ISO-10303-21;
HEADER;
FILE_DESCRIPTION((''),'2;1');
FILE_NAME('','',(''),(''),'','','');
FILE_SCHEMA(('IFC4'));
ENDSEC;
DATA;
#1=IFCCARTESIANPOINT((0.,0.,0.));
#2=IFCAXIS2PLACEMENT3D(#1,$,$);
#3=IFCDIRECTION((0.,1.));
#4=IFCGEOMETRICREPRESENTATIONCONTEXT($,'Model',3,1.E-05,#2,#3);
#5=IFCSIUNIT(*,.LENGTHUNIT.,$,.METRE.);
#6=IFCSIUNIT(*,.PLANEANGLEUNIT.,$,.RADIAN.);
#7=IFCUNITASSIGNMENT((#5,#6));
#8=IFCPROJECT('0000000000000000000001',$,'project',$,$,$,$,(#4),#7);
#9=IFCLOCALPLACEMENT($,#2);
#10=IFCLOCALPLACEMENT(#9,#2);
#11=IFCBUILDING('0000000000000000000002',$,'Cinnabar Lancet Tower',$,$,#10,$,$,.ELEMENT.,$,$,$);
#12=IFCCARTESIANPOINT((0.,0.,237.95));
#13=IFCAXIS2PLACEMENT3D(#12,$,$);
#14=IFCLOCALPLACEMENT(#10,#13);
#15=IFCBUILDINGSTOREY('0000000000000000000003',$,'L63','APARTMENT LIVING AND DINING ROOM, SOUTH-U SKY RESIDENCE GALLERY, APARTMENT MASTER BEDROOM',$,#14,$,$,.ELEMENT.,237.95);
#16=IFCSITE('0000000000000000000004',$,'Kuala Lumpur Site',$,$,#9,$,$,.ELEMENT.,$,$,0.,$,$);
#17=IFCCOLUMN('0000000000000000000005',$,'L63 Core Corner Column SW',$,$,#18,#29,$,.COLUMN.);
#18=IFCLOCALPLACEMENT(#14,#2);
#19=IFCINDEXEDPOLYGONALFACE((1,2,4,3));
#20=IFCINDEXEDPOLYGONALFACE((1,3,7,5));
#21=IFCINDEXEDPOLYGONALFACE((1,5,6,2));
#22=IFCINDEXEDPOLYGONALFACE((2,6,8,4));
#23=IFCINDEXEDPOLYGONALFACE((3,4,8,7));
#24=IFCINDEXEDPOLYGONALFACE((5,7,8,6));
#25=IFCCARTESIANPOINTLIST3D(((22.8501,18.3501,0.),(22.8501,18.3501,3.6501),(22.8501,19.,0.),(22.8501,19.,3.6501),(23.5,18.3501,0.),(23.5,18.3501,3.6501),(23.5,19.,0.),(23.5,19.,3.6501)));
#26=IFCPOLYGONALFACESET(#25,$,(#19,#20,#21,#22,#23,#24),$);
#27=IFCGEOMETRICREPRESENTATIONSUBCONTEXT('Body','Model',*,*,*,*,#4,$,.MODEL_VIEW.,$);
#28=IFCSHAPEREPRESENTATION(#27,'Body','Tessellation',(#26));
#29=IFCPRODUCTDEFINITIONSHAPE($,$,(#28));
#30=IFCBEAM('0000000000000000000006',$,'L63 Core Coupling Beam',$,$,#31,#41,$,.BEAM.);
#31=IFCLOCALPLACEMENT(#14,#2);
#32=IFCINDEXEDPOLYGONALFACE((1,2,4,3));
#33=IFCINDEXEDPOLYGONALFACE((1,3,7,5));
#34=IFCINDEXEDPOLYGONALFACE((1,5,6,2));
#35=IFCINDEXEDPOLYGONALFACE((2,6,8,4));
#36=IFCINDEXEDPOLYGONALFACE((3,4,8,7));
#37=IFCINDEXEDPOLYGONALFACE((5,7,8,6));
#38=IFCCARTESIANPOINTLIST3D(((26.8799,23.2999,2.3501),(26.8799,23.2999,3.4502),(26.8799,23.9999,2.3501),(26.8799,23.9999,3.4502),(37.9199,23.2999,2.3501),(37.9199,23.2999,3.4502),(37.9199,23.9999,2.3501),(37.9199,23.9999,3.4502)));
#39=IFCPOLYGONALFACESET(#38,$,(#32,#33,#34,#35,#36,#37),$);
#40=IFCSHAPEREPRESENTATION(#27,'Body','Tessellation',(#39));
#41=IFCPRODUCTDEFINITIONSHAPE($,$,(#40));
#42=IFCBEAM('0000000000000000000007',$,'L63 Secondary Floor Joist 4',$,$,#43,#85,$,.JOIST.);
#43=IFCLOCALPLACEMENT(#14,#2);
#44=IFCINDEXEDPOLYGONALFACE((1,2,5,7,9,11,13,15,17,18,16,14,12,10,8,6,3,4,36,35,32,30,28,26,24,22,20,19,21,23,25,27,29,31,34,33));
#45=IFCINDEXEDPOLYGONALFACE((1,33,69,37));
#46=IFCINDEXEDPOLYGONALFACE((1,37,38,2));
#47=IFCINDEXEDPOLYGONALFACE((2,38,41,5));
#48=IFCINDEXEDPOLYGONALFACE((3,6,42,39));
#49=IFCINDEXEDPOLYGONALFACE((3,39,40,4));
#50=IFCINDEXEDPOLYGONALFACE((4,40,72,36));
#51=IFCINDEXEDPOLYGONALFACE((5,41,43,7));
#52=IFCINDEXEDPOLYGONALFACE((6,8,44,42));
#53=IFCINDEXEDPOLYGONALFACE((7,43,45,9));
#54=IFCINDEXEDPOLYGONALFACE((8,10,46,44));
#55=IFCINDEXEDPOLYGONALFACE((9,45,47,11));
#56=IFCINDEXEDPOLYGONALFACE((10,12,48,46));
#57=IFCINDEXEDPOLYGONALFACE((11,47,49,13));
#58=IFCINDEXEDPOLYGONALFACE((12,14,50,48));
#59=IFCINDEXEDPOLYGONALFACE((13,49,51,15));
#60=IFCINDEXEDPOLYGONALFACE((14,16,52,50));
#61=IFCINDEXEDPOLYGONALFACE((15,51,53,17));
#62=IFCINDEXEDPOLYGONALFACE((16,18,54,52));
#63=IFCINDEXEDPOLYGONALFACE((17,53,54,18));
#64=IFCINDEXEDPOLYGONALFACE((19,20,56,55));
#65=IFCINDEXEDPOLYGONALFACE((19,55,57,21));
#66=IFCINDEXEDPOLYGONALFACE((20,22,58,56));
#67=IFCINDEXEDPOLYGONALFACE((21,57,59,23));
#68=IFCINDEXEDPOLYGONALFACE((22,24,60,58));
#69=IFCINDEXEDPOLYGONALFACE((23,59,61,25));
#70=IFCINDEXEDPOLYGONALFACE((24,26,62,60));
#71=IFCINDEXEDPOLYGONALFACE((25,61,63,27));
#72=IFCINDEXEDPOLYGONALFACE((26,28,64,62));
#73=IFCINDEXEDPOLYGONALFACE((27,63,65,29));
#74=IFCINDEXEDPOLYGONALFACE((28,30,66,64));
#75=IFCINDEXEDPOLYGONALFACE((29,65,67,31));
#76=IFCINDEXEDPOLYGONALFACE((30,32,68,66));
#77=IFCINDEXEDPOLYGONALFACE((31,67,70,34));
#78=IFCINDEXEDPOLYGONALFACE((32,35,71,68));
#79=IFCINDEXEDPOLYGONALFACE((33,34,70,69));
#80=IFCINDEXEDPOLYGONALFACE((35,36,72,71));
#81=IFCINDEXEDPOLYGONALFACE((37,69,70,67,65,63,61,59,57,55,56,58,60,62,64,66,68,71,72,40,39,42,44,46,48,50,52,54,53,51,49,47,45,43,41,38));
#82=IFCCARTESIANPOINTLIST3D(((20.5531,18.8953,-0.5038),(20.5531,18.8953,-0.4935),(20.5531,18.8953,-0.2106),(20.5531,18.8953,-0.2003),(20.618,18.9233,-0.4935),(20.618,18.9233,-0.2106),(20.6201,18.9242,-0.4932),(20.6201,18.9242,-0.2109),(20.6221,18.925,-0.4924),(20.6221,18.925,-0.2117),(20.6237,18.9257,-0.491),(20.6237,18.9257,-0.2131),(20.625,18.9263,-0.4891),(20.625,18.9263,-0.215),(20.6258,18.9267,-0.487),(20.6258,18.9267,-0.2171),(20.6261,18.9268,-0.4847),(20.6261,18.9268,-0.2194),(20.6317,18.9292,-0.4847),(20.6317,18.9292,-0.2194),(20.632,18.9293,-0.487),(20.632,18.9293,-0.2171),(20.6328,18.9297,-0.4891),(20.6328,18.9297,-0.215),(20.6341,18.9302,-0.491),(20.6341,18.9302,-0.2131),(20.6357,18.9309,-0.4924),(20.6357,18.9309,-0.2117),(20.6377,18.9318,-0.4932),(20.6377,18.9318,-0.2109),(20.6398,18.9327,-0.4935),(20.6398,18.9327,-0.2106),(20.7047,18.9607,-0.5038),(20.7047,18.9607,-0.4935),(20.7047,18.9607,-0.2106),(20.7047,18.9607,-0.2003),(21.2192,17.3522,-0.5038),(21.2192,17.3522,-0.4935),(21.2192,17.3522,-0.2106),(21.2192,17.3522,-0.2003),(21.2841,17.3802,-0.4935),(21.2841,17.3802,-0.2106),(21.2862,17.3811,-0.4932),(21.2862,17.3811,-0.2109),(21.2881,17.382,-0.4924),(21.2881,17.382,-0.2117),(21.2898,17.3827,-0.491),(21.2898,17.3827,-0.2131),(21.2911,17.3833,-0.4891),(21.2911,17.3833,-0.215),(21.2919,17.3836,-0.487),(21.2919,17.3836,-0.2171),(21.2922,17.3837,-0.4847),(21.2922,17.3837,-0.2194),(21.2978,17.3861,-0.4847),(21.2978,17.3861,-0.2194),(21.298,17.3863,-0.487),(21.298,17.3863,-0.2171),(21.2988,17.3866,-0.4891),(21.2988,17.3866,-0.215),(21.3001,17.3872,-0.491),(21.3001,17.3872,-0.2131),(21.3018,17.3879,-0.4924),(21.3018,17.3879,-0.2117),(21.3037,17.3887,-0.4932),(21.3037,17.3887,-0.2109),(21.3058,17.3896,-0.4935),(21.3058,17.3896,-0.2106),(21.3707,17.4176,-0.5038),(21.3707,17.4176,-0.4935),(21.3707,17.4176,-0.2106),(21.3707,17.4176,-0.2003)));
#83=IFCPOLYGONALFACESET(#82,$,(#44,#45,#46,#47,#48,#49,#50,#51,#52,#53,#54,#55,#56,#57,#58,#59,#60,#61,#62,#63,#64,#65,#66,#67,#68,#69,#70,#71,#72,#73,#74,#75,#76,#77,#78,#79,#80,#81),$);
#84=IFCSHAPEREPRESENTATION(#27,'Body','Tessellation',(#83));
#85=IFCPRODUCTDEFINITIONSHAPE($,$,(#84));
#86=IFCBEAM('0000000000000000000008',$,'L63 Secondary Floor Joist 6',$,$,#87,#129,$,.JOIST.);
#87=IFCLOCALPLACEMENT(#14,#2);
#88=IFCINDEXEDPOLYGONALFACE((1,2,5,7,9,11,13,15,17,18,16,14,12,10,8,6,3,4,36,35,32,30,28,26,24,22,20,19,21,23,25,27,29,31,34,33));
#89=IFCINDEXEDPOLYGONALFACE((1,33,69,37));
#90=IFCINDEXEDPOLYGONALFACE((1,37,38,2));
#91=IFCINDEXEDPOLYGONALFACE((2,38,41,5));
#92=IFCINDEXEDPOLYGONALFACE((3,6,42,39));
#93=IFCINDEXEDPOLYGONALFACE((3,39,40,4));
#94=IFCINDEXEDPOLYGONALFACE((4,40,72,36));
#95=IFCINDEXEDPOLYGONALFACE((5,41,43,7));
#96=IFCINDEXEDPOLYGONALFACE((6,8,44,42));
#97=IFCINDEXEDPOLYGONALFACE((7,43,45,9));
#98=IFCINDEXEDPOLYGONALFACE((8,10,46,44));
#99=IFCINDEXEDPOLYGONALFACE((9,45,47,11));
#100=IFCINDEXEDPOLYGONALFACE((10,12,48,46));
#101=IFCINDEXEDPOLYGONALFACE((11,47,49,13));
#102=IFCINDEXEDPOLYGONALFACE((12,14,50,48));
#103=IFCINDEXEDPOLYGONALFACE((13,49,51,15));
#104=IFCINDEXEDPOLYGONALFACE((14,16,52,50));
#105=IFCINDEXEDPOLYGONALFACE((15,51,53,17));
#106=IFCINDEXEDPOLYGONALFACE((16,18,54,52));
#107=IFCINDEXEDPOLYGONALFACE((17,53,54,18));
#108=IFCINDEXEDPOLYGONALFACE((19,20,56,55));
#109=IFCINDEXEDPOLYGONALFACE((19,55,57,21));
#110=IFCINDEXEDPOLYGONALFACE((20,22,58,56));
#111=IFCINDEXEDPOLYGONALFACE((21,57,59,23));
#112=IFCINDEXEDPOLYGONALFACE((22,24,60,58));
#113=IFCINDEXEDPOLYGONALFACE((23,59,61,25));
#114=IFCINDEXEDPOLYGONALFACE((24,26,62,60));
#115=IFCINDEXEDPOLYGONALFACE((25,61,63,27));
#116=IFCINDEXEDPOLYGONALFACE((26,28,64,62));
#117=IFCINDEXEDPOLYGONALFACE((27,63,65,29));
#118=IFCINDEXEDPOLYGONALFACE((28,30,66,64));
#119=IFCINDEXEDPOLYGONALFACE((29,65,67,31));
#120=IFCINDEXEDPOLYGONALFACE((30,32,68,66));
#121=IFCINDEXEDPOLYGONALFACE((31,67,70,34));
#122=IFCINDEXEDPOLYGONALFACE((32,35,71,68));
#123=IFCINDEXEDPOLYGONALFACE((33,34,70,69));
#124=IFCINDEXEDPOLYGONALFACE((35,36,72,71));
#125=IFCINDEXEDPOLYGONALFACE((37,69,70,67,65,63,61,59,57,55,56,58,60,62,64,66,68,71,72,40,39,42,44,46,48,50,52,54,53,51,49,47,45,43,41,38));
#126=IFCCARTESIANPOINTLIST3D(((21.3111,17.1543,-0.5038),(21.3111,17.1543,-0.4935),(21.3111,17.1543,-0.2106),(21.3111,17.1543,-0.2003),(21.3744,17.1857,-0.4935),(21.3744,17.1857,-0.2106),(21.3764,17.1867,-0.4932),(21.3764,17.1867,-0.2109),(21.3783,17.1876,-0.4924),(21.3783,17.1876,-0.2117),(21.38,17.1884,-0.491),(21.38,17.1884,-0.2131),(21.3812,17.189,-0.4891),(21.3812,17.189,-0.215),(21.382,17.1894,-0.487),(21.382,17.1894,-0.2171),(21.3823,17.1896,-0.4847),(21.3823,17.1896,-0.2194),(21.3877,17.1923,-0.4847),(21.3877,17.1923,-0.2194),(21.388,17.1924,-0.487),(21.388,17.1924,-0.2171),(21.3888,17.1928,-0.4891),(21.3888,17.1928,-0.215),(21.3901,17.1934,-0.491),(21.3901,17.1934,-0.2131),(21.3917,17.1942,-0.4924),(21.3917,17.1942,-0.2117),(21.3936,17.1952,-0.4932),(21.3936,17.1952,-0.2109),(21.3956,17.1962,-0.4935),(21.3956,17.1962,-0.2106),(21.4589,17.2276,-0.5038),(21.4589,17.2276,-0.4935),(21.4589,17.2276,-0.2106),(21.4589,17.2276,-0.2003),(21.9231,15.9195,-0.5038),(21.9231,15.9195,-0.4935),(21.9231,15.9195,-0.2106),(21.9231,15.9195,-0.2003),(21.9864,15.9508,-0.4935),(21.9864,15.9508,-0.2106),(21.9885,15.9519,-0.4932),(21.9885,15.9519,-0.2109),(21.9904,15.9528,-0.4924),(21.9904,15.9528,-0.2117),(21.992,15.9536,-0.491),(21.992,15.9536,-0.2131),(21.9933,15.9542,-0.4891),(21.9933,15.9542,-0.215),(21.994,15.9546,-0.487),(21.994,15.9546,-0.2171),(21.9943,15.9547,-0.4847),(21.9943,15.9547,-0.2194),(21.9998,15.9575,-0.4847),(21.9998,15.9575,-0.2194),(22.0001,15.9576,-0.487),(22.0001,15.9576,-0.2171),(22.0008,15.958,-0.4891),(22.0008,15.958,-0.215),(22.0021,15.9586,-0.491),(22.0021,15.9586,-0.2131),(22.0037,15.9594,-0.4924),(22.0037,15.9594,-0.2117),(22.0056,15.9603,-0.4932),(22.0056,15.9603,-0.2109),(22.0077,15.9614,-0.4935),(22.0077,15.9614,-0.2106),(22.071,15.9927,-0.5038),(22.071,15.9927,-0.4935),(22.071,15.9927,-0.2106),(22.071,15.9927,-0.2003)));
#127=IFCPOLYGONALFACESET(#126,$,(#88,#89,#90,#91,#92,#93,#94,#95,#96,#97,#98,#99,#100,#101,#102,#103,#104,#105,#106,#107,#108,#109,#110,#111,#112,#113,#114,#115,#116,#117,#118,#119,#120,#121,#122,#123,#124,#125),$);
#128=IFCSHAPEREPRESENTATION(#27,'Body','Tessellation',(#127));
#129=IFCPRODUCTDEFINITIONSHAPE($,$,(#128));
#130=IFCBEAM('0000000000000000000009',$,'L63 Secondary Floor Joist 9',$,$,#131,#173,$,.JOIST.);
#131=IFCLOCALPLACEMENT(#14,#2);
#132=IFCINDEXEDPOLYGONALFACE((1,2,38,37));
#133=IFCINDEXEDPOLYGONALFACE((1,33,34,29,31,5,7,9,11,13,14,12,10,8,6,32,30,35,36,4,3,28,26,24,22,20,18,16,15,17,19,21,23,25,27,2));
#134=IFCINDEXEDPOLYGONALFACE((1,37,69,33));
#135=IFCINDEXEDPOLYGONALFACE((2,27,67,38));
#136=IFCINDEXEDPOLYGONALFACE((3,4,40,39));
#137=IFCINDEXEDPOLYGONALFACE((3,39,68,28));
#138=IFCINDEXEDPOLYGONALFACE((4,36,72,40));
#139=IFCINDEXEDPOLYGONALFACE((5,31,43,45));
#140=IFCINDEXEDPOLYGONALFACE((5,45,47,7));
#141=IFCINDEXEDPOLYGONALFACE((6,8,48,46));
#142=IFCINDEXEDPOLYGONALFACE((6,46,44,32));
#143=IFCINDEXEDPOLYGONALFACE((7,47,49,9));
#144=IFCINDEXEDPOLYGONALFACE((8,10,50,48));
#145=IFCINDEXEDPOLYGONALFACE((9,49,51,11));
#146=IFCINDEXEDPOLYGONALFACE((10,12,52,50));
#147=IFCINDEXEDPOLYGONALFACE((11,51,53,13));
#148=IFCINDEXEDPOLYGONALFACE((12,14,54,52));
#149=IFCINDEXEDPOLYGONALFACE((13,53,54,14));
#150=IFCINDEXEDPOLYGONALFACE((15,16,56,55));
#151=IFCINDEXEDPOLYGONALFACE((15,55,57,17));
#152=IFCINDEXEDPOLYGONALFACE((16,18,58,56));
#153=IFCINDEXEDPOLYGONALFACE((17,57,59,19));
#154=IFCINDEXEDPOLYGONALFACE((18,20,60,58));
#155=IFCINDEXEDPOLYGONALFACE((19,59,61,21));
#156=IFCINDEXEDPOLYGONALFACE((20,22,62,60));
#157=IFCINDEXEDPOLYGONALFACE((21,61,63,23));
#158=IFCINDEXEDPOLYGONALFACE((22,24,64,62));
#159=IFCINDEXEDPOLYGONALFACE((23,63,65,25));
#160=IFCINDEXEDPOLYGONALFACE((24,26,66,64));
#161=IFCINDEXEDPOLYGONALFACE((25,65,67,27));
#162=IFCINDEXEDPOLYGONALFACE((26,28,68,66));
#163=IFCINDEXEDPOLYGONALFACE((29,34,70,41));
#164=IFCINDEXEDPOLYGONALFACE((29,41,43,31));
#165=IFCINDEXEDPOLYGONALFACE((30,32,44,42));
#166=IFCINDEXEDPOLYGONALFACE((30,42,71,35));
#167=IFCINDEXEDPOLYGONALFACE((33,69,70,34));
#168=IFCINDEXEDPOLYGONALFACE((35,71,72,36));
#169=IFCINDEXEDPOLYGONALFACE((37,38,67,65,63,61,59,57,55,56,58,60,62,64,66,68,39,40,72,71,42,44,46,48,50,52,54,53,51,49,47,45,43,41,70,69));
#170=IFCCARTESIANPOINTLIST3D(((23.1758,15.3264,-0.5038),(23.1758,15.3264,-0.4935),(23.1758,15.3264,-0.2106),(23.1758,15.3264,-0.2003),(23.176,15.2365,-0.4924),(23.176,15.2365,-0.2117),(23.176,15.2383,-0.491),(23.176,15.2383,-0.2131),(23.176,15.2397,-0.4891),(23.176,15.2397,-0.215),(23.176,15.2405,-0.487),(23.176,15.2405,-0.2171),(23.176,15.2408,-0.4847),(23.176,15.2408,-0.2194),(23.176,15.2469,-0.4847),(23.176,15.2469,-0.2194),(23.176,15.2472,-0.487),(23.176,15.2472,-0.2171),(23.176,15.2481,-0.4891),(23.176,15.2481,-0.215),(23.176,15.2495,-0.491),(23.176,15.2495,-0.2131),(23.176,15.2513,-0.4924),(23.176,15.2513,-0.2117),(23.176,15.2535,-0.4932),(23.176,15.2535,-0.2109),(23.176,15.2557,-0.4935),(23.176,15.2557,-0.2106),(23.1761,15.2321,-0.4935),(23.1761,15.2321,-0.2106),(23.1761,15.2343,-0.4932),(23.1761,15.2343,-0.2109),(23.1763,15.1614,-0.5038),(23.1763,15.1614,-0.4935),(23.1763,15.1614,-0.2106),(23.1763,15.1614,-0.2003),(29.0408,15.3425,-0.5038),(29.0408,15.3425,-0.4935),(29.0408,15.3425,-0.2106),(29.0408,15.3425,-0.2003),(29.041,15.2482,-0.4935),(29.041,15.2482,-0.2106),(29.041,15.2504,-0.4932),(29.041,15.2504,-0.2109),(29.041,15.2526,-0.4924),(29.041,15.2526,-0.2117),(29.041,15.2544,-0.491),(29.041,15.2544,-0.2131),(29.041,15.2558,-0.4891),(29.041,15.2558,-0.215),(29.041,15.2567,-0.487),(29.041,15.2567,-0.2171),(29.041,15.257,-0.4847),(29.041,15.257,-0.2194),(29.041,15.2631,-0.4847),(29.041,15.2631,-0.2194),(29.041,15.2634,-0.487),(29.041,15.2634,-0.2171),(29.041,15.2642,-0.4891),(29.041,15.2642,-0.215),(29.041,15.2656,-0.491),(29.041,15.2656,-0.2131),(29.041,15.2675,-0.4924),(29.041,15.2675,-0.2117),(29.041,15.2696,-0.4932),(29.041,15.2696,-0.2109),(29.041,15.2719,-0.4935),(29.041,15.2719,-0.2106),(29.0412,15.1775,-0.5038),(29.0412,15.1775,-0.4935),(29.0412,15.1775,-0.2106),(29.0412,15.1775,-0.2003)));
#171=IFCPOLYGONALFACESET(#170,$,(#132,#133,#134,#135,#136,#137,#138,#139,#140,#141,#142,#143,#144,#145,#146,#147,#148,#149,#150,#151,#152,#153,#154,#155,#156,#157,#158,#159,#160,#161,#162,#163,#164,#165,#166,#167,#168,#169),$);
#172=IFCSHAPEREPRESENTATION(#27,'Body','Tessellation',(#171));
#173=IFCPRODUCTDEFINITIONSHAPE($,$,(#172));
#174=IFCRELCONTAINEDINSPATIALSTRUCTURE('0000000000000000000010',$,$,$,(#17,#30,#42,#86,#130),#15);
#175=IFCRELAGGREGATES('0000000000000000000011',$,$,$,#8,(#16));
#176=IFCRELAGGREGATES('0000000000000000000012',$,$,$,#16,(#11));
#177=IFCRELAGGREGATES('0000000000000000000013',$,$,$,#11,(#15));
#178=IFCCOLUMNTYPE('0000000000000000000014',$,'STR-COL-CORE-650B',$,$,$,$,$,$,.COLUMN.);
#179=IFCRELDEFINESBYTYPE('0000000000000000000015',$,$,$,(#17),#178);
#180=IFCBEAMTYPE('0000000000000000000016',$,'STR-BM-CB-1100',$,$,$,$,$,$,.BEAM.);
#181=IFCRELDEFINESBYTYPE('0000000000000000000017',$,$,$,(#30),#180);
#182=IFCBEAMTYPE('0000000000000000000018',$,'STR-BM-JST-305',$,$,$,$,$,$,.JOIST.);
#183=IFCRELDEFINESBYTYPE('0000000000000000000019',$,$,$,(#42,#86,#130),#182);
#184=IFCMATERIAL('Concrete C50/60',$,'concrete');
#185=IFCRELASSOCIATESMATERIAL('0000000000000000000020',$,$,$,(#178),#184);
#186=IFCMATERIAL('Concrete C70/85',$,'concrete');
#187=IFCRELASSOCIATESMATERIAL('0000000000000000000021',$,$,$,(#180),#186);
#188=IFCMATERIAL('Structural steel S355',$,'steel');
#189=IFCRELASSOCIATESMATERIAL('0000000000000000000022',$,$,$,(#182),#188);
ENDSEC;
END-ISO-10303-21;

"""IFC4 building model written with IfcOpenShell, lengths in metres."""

from ifc_helpers import new_model, si_unit, direction, frame, origin, origin_2d, place, context, subcontext, project, spatial, rectangle, i_section, extrude, material, material_profile, profile_set, type_object, element, save


model = new_model("IFC4")

# Units and contexts
model_context = context("Model", 3, precision=1e-05, world=origin(), true_north=direction((0.0, 1.0)))
body_context = subcontext(model_context, "Body", "Model", "MODEL_VIEW")
ifc_project = project(units=[si_unit("LENGTHUNIT", "METRE"), si_unit("PLANEANGLEUNIT", "RADIAN")], contexts=[model_context])

# Site, building, storey
site_placement = place(None, origin())
site = spatial("IfcSite", under=ifc_project, at=site_placement, Name="Kuala Lumpur Site", CompositionType="ELEMENT", RefElevation=0.0)
building_placement = place(site_placement, origin())
building = spatial("IfcBuilding", under=site, at=building_placement, Name="Cinnabar Lancet Tower", CompositionType="ELEMENT")
storey_placement = place(building_placement, frame((0.0, 0.0, 237.95)))
storey = spatial("IfcBuildingStorey", under=building, at=storey_placement, Name="L63", Description="APARTMENT LIVING AND DINING ROOM, SOUTH-U SKY RESIDENCE GALLERY, APARTMENT MASTER BEDROOM", CompositionType="ELEMENT", Elevation=237.95)

# Column
ifc_material_1 = material(Name="Concrete C50/60", Category="concrete")
ifc_material_profile_1 = material_profile(ifc_material_1, rectangle(XDim=0.6499, YDim=0.6499, at=origin_2d()), Name="RC-COL 650x650")
ifc_profile_set_1 = profile_set([ifc_material_profile_1], Name="Concrete C50/60")
column_type = type_object("IfcColumnType", Name="STR-COL-CORE-650B", PredefinedType="COLUMN", material=ifc_profile_set_1)
column_placement = place(storey_placement, frame((23.175, 18.675, 0.0), z_axis=(0.0, 0.0, 1.0), x_axis=(1.0, 0.0, 0.0)))
element("IfcColumn", 1, at=column_placement, inside=storey, type_object=column_type, Name="L63 Core Corner Column SW", PredefinedType="COLUMN", context=body_context, shape_type="SweptSolid", body=[
    extrude(rectangle(XDim=0.6499, YDim=0.6499, at=origin_2d()), origin(), (0.0, 0.0, 1.0), 3.6501),
])

# Beams
ifc_material_2 = material(Name="Concrete C70/85", Category="concrete")
ifc_material_profile_2 = material_profile(ifc_material_2, rectangle(XDim=0.7, YDim=1.1001, at=origin_2d()), Name="RC-CB 700x1100")
ifc_profile_set_2 = profile_set([ifc_material_profile_2], Name="Concrete C70/85")
beam_type_1 = type_object("IfcBeamType", Name="STR-BM-CB-1100", PredefinedType="BEAM", material=ifc_profile_set_2)
beam_1_placement = place(storey_placement, frame((26.8799, 23.6499, 2.9001), z_axis=(1.0, 0.0, 0.0), x_axis=(0.0, 1.0, 0.0)))
element("IfcBeam", 2, at=beam_1_placement, inside=storey, type_object=beam_type_1, Name="L63 Core Coupling Beam", PredefinedType="BEAM", context=body_context, shape_type="SweptSolid", body=[
    extrude(rectangle(XDim=0.7, YDim=1.1001, at=origin_2d()), origin(), (0.0, 0.0, 1.0), 11.04),
])
ifc_material_3 = material(Name="Structural steel S355", Category="steel")
ifc_material_profile_3 = material_profile(ifc_material_3, i_section(OverallWidth=0.165, OverallDepth=0.3035, WebThickness=0.0061, FlangeThickness=0.0103, FilletRadius=0.0088, at=origin_2d()), Name="UKB 305x165x40")
ifc_profile_set_3 = profile_set([ifc_material_profile_3], Name="Structural steel S355")
beam_type_2 = type_object("IfcBeamType", Name="STR-BM-JST-305", PredefinedType="JOIST", material=ifc_profile_set_3)
beam_2_placement = place(storey_placement, frame((20.6289, 18.928, -0.3521), z_axis=(0.396302, -0.91812, 0.0), x_axis=(0.91812, 0.396302, 0.0)))
element("IfcBeam", 3, at=beam_2_placement, inside=storey, type_object=beam_type_2, Name="L63 Secondary Floor Joist 4", PredefinedType="JOIST", context=body_context, shape_type="SweptSolid", body=[
    extrude(i_section(OverallWidth=0.165, OverallDepth=0.3035, WebThickness=0.0061, FlangeThickness=0.0103, FilletRadius=0.0088, at=origin_2d()), origin(), (0.0, 0.0, 1.0), 1.6807),
])
beam_3_placement = place(storey_placement, frame((21.385, 17.1909, -0.3521), z_axis=(0.444093, -0.895981, 0.0), x_axis=(0.895981, 0.444093, 0.0)))
element("IfcBeam", 4, at=beam_3_placement, inside=storey, type_object=beam_type_2, Name="L63 Secondary Floor Joist 6", PredefinedType="JOIST", context=body_context, shape_type="SweptSolid", body=[
    extrude(i_section(OverallWidth=0.165, OverallDepth=0.3035, WebThickness=0.0061, FlangeThickness=0.0103, FilletRadius=0.0088, at=origin_2d()), origin(), (0.0, 0.0, 1.0), 1.3782),
])
beam_4_placement = place(storey_placement, frame((23.176, 15.2439, -0.3521), z_axis=(0.999996, 0.002747, 0.0), x_axis=(-0.002747, 0.999996, 0.0)))
element("IfcBeam", 5, at=beam_4_placement, inside=storey, type_object=beam_type_2, Name="L63 Secondary Floor Joist 9", PredefinedType="JOIST", context=body_context, shape_type="SweptSolid", body=[
    extrude(i_section(OverallWidth=0.165, OverallDepth=0.3035, WebThickness=0.0061, FlangeThickness=0.0103, FilletRadius=0.0088, at=origin_2d()), origin(), (0.0, 0.0, 1.0), 5.865),
])

save(model, "model.ifc")
